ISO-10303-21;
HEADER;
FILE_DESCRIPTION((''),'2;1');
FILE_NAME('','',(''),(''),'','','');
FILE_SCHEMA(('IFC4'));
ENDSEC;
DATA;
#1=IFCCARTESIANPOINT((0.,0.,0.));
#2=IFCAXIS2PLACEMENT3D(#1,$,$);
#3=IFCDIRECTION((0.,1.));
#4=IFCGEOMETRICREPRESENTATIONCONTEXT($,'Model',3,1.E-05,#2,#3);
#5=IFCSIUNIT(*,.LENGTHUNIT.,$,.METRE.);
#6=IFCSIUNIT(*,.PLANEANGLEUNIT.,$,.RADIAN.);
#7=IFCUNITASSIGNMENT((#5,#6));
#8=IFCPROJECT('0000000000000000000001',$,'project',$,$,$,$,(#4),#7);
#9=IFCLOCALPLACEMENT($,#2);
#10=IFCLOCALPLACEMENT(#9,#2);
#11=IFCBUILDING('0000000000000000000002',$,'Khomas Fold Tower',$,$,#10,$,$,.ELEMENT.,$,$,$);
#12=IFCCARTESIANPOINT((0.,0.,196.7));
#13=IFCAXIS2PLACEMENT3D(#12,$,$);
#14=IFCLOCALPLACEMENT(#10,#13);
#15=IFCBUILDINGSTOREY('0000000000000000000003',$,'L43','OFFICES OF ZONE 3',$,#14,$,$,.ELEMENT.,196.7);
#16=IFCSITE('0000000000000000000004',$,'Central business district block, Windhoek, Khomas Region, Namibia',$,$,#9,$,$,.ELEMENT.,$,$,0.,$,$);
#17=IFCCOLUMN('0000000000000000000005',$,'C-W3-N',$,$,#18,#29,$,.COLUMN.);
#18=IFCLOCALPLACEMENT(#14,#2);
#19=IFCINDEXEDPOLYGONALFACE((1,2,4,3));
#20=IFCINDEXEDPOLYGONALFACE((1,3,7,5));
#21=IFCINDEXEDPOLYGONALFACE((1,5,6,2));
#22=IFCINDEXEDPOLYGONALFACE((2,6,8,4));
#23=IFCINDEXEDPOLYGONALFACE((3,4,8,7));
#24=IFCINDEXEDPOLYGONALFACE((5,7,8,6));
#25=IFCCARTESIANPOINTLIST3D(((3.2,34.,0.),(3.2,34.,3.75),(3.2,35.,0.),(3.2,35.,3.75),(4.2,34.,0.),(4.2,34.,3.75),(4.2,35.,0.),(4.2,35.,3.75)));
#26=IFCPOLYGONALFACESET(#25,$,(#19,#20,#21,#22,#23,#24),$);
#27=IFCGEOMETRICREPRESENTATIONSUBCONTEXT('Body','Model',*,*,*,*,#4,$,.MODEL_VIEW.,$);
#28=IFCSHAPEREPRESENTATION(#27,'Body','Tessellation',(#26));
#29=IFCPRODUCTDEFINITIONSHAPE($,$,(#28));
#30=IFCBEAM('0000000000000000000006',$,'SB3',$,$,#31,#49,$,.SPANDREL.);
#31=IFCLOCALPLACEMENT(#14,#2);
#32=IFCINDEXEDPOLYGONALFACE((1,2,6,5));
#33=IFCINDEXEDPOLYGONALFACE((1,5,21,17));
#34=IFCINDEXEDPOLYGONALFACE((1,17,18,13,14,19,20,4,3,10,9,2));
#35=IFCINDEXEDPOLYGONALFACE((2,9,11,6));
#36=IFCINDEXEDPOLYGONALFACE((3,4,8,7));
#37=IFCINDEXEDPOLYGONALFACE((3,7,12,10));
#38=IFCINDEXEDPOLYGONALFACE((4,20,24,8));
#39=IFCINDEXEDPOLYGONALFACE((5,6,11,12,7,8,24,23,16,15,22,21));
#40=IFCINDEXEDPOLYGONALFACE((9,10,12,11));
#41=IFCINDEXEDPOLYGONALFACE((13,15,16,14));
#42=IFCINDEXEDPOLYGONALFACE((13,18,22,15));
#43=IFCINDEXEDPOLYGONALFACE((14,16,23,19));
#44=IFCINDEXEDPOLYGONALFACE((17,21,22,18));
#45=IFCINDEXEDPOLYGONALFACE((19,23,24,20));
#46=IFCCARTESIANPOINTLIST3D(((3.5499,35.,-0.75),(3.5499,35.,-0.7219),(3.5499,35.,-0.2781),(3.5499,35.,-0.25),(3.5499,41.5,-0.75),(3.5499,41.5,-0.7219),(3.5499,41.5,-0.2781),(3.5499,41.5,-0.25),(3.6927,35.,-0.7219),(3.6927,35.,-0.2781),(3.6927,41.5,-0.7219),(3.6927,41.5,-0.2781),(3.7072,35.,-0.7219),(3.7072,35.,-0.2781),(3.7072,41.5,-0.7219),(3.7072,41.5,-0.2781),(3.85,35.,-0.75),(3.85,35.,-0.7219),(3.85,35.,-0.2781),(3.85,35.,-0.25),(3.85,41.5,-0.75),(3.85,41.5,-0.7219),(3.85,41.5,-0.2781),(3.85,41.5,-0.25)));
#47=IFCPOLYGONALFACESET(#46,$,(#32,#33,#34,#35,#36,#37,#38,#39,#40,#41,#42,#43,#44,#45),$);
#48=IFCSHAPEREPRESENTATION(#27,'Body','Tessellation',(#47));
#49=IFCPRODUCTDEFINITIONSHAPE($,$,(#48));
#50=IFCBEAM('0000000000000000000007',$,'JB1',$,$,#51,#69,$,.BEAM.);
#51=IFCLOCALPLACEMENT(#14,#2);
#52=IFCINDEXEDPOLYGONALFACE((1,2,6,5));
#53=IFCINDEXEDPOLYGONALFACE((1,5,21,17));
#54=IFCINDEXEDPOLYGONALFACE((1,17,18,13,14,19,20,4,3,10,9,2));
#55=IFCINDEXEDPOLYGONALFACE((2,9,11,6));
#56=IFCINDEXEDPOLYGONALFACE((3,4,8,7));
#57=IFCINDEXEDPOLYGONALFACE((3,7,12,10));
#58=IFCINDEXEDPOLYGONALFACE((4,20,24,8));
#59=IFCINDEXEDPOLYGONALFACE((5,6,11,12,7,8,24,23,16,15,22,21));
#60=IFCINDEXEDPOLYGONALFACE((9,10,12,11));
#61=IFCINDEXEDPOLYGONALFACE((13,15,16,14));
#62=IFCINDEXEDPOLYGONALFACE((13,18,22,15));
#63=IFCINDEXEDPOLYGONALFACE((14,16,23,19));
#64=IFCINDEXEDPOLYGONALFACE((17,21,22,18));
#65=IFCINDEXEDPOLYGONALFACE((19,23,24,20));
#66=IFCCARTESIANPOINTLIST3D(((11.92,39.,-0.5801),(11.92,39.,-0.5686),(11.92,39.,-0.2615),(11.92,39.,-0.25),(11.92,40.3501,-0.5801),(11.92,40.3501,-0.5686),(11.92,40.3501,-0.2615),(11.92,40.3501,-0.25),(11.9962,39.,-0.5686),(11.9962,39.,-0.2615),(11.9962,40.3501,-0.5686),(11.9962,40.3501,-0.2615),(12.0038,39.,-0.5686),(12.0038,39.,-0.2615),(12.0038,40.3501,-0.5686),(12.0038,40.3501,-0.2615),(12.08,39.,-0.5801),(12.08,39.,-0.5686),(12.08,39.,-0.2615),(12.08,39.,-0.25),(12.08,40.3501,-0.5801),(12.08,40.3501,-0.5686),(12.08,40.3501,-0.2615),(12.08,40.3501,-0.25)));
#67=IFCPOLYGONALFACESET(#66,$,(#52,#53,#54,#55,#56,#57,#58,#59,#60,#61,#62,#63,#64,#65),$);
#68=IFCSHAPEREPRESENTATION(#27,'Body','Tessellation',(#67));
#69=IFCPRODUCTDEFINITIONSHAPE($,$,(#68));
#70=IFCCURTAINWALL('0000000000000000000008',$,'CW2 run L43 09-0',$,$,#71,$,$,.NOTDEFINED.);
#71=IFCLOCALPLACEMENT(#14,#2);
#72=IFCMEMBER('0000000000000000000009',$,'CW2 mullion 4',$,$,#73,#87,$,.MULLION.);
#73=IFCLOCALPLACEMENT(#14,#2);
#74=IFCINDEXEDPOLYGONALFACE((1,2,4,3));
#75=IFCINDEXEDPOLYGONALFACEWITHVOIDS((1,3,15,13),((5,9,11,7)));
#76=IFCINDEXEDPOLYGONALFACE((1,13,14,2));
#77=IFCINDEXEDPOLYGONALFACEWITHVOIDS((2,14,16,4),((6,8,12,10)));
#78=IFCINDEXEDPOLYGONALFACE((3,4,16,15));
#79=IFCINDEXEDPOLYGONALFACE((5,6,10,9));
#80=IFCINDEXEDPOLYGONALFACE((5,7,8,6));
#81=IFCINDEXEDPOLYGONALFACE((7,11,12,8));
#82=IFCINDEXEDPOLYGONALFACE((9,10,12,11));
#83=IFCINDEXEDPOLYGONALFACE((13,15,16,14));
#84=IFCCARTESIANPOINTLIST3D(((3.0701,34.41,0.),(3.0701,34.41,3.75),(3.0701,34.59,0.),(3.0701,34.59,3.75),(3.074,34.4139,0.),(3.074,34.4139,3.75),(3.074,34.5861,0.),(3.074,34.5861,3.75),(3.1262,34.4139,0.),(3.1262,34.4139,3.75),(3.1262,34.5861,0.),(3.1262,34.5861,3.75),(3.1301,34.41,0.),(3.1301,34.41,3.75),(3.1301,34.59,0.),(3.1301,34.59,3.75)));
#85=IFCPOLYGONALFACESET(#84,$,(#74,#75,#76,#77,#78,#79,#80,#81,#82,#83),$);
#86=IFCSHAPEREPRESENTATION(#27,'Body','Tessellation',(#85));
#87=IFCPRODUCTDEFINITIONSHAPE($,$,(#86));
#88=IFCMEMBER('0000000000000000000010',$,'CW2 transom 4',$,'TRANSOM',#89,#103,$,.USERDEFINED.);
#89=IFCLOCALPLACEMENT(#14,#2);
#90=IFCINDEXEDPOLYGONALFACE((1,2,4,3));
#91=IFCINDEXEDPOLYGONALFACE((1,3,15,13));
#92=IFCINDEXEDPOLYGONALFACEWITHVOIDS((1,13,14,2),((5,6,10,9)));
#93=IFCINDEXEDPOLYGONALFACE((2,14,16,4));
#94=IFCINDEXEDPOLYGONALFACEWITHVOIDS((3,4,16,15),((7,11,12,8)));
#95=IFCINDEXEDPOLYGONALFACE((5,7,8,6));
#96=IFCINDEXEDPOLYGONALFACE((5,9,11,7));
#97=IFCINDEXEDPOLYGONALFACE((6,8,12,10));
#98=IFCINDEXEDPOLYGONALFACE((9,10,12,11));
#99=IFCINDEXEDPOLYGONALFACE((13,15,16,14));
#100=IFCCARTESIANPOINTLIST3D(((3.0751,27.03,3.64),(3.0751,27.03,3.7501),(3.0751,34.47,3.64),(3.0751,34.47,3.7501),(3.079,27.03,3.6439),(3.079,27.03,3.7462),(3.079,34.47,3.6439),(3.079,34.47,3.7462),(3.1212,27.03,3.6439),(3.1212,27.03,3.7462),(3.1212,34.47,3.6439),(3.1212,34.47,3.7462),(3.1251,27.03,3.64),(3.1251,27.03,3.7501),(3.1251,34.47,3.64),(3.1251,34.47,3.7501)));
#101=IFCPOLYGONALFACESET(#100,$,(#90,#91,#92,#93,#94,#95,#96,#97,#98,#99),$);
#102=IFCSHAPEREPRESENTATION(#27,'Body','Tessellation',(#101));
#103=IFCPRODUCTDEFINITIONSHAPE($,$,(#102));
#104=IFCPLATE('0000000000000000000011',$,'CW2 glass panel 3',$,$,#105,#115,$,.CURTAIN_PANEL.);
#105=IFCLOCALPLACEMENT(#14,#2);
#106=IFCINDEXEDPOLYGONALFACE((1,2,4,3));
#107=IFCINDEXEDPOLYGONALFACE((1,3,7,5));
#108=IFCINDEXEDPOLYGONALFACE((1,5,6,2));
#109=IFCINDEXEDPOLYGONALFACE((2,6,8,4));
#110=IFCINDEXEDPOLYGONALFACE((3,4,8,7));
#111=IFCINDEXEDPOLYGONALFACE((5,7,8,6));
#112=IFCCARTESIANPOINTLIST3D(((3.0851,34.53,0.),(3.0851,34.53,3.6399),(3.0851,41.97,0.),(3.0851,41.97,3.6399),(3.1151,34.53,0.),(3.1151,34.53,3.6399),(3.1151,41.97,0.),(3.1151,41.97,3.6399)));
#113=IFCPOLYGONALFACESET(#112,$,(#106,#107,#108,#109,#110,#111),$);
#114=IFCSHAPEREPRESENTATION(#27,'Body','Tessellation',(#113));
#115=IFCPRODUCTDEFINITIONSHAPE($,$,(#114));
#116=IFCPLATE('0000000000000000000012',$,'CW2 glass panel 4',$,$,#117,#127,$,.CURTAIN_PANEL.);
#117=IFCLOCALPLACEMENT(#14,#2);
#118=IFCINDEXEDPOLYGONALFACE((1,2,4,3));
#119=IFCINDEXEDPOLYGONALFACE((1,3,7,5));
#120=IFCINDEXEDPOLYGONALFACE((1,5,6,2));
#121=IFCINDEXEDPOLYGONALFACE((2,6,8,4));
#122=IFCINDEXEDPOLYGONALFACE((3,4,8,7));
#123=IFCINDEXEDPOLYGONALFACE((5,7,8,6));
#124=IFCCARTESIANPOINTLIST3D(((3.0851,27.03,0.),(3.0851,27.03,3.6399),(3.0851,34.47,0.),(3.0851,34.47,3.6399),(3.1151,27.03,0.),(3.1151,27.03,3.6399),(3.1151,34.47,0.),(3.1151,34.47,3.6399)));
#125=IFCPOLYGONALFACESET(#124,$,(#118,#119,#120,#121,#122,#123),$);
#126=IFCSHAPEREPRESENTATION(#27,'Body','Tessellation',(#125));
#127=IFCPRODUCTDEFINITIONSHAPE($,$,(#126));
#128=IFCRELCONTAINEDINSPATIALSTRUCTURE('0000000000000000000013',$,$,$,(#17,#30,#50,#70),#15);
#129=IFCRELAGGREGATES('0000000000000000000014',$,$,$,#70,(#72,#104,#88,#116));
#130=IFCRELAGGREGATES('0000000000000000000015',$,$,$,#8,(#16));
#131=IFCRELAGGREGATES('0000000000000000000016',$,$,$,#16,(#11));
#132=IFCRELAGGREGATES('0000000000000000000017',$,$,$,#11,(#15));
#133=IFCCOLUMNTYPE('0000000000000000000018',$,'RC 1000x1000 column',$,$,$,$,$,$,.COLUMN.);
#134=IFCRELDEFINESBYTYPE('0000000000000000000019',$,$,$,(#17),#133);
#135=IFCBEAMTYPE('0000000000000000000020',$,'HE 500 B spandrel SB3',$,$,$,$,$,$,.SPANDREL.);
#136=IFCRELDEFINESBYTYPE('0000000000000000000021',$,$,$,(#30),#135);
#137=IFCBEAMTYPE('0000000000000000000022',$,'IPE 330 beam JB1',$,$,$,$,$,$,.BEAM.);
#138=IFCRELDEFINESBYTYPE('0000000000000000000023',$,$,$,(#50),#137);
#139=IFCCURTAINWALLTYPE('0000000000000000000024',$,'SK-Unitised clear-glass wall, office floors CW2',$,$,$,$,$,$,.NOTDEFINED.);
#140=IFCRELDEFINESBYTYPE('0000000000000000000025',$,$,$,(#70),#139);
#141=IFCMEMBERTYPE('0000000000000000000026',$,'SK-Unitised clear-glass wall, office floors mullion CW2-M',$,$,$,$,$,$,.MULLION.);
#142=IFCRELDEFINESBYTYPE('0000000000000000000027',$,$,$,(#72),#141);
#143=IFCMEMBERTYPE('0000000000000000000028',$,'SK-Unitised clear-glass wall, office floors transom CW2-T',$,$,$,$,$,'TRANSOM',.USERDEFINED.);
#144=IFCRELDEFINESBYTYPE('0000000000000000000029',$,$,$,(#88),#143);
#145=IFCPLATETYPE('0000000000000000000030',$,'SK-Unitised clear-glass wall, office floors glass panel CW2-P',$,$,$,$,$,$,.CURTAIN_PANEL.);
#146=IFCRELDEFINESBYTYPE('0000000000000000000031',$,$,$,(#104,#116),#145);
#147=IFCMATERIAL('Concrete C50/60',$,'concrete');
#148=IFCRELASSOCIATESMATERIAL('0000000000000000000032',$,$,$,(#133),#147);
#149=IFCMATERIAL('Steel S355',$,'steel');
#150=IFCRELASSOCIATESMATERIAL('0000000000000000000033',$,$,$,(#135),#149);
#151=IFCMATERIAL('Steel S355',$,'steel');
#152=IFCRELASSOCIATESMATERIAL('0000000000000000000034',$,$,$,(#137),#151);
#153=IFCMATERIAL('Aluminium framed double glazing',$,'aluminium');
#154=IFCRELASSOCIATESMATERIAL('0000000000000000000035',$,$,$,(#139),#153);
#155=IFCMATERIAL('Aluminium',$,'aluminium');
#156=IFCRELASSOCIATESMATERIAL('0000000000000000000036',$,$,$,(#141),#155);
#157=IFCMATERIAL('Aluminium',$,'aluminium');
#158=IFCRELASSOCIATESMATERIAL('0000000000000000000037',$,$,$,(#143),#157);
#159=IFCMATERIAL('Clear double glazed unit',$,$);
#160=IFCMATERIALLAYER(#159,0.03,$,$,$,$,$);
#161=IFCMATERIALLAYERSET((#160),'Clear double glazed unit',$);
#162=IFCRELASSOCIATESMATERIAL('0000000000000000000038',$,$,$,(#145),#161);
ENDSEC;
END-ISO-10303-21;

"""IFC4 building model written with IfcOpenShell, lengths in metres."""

from ifc_helpers import new_model, si_unit, direction, frame, origin, origin_2d, place, context, subcontext, project, spatial, rectangle, hollow_rectangle, i_section, extrude, source, transform, mapped, material, layer, layer_set, material_profile, profile_set, type_object, element, aggregate, save


model = new_model("IFC4")

# Units and contexts
model_context = context("Model", 3, precision=1e-05, world=origin(), true_north=direction((0.0, 1.0)))
body_context = subcontext(model_context, "Body", "Model", "MODEL_VIEW")
ifc_project = project(units=[si_unit("LENGTHUNIT", "METRE"), si_unit("PLANEANGLEUNIT", "RADIAN")], contexts=[model_context])

# Site, building, storey
site_placement = place(None, origin())
site = spatial("IfcSite", under=ifc_project, at=site_placement, Name="Central business district block, Windhoek, Khomas Region, Namibia", CompositionType="ELEMENT", RefElevation=0.0)
building_placement = place(site_placement, origin())
building = spatial("IfcBuilding", under=site, at=building_placement, Name="Khomas Fold Tower", CompositionType="ELEMENT")
storey_placement = place(building_placement, frame((0.0, 0.0, 196.7)))
storey = spatial("IfcBuildingStorey", under=building, at=storey_placement, Name="L43", Description="OFFICES OF ZONE 3", CompositionType="ELEMENT", Elevation=196.7)

# Column
ifc_material_1 = material(Name="Concrete C50/60", Category="concrete")
ifc_material_profile_1 = material_profile(ifc_material_1, rectangle(XDim=1.0, YDim=1.0, at=origin_2d()), Name="RC 1000x1000")
ifc_profile_set_1 = profile_set([ifc_material_profile_1], Name="Concrete C50/60")
column_type = type_object("IfcColumnType", Name="RC 1000x1000 column", PredefinedType="COLUMN", material=ifc_profile_set_1)
shared_shape_1 = source(origin(), body_context, "Body", "SweptSolid", [
    extrude(rectangle(XDim=1.0, YDim=1.0, at=origin_2d()), origin(), (0.0, 0.0, 1.0), 3.75),
])
column_placement = place(storey_placement, frame((3.7, 34.5, 0.0), z_axis=(0.0, 0.0, 1.0), x_axis=(1.0, 0.0, 0.0)))
element("IfcColumn", 1, at=column_placement, inside=storey, type_object=column_type, Name="C-W3-N", PredefinedType="COLUMN", context=body_context, shape_type="MappedRepresentation", body=[
    mapped(shared_shape_1, transform((0.0, 0.0, 0.0))),
])

# Beams
ifc_material_2 = material(Name="Steel S355", Category="steel")
ifc_material_profile_2 = material_profile(ifc_material_2, i_section(OverallWidth=0.3, OverallDepth=0.5, WebThickness=0.0144, FlangeThickness=0.0281, at=origin_2d()), Name="HE 500 B")
ifc_profile_set_2 = profile_set([ifc_material_profile_2], Name="Steel S355")
beam_type_1 = type_object("IfcBeamType", Name="HE 500 B spandrel SB3", PredefinedType="SPANDREL", material=ifc_profile_set_2)
shared_shape_2 = source(origin(), body_context, "Body", "SweptSolid", [
    extrude(i_section(OverallWidth=0.3, OverallDepth=0.5, WebThickness=0.0144, FlangeThickness=0.0281, at=origin_2d()), origin(), (0.0, 0.0, 1.0), 6.5),
])
beam_1_placement = place(storey_placement, frame((3.7, 35.0, -0.5), z_axis=(0.0, 1.0, 0.0), x_axis=(-1.0, 0.0, 0.0)))
element("IfcBeam", 2, at=beam_1_placement, inside=storey, type_object=beam_type_1, Name="SB3", PredefinedType="SPANDREL", context=body_context, shape_type="MappedRepresentation", body=[
    mapped(shared_shape_2, transform((0.0, 0.0, 0.0))),
])
ifc_material_3 = material(Name="Steel S355", Category="steel")
ifc_material_profile_3 = material_profile(ifc_material_3, i_section(OverallWidth=0.1599, OverallDepth=0.3301, WebThickness=0.0076, FlangeThickness=0.0115, at=origin_2d()), Name="IPE 330")
ifc_profile_set_3 = profile_set([ifc_material_profile_3], Name="Steel S355")
beam_type_2 = type_object("IfcBeamType", Name="IPE 330 beam JB1", PredefinedType="BEAM", material=ifc_profile_set_3)
shared_shape_3 = source(origin(), body_context, "Body", "SweptSolid", [
    extrude(i_section(OverallWidth=0.1599, OverallDepth=0.3301, WebThickness=0.0076, FlangeThickness=0.0115, at=origin_2d()), origin(), (0.0, 0.0, 1.0), 1.3501),
])
beam_2_placement = place(storey_placement, frame((12.0, 39.0, -0.415), z_axis=(0.0, 1.0, 0.0), x_axis=(-1.0, 0.0, 0.0)))
element("IfcBeam", 3, at=beam_2_placement, inside=storey, type_object=beam_type_2, Name="JB1", PredefinedType="BEAM", context=body_context, shape_type="MappedRepresentation", body=[
    mapped(shared_shape_3, transform((0.0, 0.0, 0.0))),
])

# Curtain wall, members, plates
ifc_material_4 = material(Name="Aluminium framed double glazing", Category="aluminium")
curtain_wall_type = type_object("IfcCurtainWallType", Name="SK-Unitised clear-glass wall, office floors CW2", PredefinedType="NOTDEFINED", material=ifc_material_4)
curtain_wall_placement = place(storey_placement, origin())
curtain_wall = element("IfcCurtainWall", 4, at=curtain_wall_placement, inside=storey, type_object=curtain_wall_type, Name="CW2 run L43 09-0", PredefinedType="NOTDEFINED")
ifc_material_5 = material(Name="Aluminium", Category="aluminium")
ifc_material_profile_4 = material_profile(ifc_material_5, hollow_rectangle(XDim=0.0601, YDim=0.1799, WallThickness=0.0039, at=origin_2d()), Name="SK-Unitised clear-glass wall, office floors mullion CW2-M")
ifc_profile_set_4 = profile_set([ifc_material_profile_4], Name="Aluminium")
member_type_1 = type_object("IfcMemberType", Name="SK-Unitised clear-glass wall, office floors mullion CW2-M", PredefinedType="MULLION", material=ifc_profile_set_4)
shared_shape_4 = source(origin(), body_context, "Body", "SweptSolid", [
    extrude(hollow_rectangle(XDim=0.0601, YDim=0.1799, WallThickness=0.0039, at=origin_2d()), origin(), (0.0, 0.0, 1.0), 3.75),
])
member_1_placement = place(storey_placement, frame((3.1001, 34.5, 0.0), z_axis=(0.0, 0.0, 1.0), x_axis=(1.0, 0.0, 0.0)))
member_1 = element("IfcMember", 5, at=member_1_placement, type_object=member_type_1, Name="CW2 mullion 4", PredefinedType="MULLION", context=body_context, shape_type="MappedRepresentation", body=[
    mapped(shared_shape_4, transform((0.0, 0.0, 0.0))),
])
ifc_material_6 = material(Name="Aluminium", Category="aluminium")
ifc_material_profile_5 = material_profile(ifc_material_6, hollow_rectangle(XDim=0.05, YDim=0.1101, WallThickness=0.0039, at=origin_2d()), Name="SK-Unitised clear-glass wall, office floors transom CW2-T")
ifc_profile_set_5 = profile_set([ifc_material_profile_5], Name="Aluminium")
member_type_2 = type_object("IfcMemberType", Name="SK-Unitised clear-glass wall, office floors transom CW2-T", ElementType="TRANSOM", PredefinedType="USERDEFINED", material=ifc_profile_set_5)
shared_shape_5 = source(origin(), body_context, "Body", "SweptSolid", [
    extrude(hollow_rectangle(XDim=0.05, YDim=0.1101, WallThickness=0.0039, at=origin_2d()), origin(), (0.0, 0.0, 1.0), 7.4399),
])
member_2_placement = place(storey_placement, frame((3.1001, 34.47, 3.6951), z_axis=(0.0, -1.0, 0.0), x_axis=(1.0, 0.0, 0.0)))
member_2 = element("IfcMember", 6, at=member_2_placement, type_object=member_type_2, Name="CW2 transom 4", ObjectType="TRANSOM", PredefinedType="USERDEFINED", context=body_context, shape_type="MappedRepresentation", body=[
    mapped(shared_shape_5, transform((0.0, 0.0, 0.0))),
])
ifc_material_7 = material(Name="Clear double glazed unit")
ifc_layer_1 = layer(ifc_material_7, 0.03)
ifc_layer_set_1 = layer_set([ifc_layer_1], Name="Clear double glazed unit")
plate_type = type_object("IfcPlateType", Name="SK-Unitised clear-glass wall, office floors glass panel CW2-P", PredefinedType="CURTAIN_PANEL", material=ifc_layer_set_1)
shared_shape_6 = source(origin(), body_context, "Body", "SweptSolid", [
    extrude(rectangle(XDim=7.4399, YDim=0.03, at=origin_2d()), origin(), (0.0, 0.0, 1.0), 3.6399),
])
plate_1_placement = place(storey_placement, frame((3.1001, 38.25, 0.0), z_axis=(0.0, 0.0, 1.0), x_axis=(0.0, -1.0, 0.0)))
plate_1 = element("IfcPlate", 7, at=plate_1_placement, type_object=plate_type, Name="CW2 glass panel 3", PredefinedType="CURTAIN_PANEL", context=body_context, shape_type="MappedRepresentation", body=[
    mapped(shared_shape_6, transform((0.0, 0.0, 0.0))),
])
plate_2_placement = place(storey_placement, frame((3.1001, 30.75, 0.0), z_axis=(0.0, 0.0, 1.0), x_axis=(0.0, -1.0, 0.0)))
plate_2 = element("IfcPlate", 8, at=plate_2_placement, type_object=plate_type, Name="CW2 glass panel 4", PredefinedType="CURTAIN_PANEL", context=body_context, shape_type="MappedRepresentation", body=[
    mapped(shared_shape_6, transform((0.0, 0.0, 0.0))),
])
aggregate(curtain_wall, [member_1, plate_1, member_2, plate_2])

save(model, "model.ifc")
